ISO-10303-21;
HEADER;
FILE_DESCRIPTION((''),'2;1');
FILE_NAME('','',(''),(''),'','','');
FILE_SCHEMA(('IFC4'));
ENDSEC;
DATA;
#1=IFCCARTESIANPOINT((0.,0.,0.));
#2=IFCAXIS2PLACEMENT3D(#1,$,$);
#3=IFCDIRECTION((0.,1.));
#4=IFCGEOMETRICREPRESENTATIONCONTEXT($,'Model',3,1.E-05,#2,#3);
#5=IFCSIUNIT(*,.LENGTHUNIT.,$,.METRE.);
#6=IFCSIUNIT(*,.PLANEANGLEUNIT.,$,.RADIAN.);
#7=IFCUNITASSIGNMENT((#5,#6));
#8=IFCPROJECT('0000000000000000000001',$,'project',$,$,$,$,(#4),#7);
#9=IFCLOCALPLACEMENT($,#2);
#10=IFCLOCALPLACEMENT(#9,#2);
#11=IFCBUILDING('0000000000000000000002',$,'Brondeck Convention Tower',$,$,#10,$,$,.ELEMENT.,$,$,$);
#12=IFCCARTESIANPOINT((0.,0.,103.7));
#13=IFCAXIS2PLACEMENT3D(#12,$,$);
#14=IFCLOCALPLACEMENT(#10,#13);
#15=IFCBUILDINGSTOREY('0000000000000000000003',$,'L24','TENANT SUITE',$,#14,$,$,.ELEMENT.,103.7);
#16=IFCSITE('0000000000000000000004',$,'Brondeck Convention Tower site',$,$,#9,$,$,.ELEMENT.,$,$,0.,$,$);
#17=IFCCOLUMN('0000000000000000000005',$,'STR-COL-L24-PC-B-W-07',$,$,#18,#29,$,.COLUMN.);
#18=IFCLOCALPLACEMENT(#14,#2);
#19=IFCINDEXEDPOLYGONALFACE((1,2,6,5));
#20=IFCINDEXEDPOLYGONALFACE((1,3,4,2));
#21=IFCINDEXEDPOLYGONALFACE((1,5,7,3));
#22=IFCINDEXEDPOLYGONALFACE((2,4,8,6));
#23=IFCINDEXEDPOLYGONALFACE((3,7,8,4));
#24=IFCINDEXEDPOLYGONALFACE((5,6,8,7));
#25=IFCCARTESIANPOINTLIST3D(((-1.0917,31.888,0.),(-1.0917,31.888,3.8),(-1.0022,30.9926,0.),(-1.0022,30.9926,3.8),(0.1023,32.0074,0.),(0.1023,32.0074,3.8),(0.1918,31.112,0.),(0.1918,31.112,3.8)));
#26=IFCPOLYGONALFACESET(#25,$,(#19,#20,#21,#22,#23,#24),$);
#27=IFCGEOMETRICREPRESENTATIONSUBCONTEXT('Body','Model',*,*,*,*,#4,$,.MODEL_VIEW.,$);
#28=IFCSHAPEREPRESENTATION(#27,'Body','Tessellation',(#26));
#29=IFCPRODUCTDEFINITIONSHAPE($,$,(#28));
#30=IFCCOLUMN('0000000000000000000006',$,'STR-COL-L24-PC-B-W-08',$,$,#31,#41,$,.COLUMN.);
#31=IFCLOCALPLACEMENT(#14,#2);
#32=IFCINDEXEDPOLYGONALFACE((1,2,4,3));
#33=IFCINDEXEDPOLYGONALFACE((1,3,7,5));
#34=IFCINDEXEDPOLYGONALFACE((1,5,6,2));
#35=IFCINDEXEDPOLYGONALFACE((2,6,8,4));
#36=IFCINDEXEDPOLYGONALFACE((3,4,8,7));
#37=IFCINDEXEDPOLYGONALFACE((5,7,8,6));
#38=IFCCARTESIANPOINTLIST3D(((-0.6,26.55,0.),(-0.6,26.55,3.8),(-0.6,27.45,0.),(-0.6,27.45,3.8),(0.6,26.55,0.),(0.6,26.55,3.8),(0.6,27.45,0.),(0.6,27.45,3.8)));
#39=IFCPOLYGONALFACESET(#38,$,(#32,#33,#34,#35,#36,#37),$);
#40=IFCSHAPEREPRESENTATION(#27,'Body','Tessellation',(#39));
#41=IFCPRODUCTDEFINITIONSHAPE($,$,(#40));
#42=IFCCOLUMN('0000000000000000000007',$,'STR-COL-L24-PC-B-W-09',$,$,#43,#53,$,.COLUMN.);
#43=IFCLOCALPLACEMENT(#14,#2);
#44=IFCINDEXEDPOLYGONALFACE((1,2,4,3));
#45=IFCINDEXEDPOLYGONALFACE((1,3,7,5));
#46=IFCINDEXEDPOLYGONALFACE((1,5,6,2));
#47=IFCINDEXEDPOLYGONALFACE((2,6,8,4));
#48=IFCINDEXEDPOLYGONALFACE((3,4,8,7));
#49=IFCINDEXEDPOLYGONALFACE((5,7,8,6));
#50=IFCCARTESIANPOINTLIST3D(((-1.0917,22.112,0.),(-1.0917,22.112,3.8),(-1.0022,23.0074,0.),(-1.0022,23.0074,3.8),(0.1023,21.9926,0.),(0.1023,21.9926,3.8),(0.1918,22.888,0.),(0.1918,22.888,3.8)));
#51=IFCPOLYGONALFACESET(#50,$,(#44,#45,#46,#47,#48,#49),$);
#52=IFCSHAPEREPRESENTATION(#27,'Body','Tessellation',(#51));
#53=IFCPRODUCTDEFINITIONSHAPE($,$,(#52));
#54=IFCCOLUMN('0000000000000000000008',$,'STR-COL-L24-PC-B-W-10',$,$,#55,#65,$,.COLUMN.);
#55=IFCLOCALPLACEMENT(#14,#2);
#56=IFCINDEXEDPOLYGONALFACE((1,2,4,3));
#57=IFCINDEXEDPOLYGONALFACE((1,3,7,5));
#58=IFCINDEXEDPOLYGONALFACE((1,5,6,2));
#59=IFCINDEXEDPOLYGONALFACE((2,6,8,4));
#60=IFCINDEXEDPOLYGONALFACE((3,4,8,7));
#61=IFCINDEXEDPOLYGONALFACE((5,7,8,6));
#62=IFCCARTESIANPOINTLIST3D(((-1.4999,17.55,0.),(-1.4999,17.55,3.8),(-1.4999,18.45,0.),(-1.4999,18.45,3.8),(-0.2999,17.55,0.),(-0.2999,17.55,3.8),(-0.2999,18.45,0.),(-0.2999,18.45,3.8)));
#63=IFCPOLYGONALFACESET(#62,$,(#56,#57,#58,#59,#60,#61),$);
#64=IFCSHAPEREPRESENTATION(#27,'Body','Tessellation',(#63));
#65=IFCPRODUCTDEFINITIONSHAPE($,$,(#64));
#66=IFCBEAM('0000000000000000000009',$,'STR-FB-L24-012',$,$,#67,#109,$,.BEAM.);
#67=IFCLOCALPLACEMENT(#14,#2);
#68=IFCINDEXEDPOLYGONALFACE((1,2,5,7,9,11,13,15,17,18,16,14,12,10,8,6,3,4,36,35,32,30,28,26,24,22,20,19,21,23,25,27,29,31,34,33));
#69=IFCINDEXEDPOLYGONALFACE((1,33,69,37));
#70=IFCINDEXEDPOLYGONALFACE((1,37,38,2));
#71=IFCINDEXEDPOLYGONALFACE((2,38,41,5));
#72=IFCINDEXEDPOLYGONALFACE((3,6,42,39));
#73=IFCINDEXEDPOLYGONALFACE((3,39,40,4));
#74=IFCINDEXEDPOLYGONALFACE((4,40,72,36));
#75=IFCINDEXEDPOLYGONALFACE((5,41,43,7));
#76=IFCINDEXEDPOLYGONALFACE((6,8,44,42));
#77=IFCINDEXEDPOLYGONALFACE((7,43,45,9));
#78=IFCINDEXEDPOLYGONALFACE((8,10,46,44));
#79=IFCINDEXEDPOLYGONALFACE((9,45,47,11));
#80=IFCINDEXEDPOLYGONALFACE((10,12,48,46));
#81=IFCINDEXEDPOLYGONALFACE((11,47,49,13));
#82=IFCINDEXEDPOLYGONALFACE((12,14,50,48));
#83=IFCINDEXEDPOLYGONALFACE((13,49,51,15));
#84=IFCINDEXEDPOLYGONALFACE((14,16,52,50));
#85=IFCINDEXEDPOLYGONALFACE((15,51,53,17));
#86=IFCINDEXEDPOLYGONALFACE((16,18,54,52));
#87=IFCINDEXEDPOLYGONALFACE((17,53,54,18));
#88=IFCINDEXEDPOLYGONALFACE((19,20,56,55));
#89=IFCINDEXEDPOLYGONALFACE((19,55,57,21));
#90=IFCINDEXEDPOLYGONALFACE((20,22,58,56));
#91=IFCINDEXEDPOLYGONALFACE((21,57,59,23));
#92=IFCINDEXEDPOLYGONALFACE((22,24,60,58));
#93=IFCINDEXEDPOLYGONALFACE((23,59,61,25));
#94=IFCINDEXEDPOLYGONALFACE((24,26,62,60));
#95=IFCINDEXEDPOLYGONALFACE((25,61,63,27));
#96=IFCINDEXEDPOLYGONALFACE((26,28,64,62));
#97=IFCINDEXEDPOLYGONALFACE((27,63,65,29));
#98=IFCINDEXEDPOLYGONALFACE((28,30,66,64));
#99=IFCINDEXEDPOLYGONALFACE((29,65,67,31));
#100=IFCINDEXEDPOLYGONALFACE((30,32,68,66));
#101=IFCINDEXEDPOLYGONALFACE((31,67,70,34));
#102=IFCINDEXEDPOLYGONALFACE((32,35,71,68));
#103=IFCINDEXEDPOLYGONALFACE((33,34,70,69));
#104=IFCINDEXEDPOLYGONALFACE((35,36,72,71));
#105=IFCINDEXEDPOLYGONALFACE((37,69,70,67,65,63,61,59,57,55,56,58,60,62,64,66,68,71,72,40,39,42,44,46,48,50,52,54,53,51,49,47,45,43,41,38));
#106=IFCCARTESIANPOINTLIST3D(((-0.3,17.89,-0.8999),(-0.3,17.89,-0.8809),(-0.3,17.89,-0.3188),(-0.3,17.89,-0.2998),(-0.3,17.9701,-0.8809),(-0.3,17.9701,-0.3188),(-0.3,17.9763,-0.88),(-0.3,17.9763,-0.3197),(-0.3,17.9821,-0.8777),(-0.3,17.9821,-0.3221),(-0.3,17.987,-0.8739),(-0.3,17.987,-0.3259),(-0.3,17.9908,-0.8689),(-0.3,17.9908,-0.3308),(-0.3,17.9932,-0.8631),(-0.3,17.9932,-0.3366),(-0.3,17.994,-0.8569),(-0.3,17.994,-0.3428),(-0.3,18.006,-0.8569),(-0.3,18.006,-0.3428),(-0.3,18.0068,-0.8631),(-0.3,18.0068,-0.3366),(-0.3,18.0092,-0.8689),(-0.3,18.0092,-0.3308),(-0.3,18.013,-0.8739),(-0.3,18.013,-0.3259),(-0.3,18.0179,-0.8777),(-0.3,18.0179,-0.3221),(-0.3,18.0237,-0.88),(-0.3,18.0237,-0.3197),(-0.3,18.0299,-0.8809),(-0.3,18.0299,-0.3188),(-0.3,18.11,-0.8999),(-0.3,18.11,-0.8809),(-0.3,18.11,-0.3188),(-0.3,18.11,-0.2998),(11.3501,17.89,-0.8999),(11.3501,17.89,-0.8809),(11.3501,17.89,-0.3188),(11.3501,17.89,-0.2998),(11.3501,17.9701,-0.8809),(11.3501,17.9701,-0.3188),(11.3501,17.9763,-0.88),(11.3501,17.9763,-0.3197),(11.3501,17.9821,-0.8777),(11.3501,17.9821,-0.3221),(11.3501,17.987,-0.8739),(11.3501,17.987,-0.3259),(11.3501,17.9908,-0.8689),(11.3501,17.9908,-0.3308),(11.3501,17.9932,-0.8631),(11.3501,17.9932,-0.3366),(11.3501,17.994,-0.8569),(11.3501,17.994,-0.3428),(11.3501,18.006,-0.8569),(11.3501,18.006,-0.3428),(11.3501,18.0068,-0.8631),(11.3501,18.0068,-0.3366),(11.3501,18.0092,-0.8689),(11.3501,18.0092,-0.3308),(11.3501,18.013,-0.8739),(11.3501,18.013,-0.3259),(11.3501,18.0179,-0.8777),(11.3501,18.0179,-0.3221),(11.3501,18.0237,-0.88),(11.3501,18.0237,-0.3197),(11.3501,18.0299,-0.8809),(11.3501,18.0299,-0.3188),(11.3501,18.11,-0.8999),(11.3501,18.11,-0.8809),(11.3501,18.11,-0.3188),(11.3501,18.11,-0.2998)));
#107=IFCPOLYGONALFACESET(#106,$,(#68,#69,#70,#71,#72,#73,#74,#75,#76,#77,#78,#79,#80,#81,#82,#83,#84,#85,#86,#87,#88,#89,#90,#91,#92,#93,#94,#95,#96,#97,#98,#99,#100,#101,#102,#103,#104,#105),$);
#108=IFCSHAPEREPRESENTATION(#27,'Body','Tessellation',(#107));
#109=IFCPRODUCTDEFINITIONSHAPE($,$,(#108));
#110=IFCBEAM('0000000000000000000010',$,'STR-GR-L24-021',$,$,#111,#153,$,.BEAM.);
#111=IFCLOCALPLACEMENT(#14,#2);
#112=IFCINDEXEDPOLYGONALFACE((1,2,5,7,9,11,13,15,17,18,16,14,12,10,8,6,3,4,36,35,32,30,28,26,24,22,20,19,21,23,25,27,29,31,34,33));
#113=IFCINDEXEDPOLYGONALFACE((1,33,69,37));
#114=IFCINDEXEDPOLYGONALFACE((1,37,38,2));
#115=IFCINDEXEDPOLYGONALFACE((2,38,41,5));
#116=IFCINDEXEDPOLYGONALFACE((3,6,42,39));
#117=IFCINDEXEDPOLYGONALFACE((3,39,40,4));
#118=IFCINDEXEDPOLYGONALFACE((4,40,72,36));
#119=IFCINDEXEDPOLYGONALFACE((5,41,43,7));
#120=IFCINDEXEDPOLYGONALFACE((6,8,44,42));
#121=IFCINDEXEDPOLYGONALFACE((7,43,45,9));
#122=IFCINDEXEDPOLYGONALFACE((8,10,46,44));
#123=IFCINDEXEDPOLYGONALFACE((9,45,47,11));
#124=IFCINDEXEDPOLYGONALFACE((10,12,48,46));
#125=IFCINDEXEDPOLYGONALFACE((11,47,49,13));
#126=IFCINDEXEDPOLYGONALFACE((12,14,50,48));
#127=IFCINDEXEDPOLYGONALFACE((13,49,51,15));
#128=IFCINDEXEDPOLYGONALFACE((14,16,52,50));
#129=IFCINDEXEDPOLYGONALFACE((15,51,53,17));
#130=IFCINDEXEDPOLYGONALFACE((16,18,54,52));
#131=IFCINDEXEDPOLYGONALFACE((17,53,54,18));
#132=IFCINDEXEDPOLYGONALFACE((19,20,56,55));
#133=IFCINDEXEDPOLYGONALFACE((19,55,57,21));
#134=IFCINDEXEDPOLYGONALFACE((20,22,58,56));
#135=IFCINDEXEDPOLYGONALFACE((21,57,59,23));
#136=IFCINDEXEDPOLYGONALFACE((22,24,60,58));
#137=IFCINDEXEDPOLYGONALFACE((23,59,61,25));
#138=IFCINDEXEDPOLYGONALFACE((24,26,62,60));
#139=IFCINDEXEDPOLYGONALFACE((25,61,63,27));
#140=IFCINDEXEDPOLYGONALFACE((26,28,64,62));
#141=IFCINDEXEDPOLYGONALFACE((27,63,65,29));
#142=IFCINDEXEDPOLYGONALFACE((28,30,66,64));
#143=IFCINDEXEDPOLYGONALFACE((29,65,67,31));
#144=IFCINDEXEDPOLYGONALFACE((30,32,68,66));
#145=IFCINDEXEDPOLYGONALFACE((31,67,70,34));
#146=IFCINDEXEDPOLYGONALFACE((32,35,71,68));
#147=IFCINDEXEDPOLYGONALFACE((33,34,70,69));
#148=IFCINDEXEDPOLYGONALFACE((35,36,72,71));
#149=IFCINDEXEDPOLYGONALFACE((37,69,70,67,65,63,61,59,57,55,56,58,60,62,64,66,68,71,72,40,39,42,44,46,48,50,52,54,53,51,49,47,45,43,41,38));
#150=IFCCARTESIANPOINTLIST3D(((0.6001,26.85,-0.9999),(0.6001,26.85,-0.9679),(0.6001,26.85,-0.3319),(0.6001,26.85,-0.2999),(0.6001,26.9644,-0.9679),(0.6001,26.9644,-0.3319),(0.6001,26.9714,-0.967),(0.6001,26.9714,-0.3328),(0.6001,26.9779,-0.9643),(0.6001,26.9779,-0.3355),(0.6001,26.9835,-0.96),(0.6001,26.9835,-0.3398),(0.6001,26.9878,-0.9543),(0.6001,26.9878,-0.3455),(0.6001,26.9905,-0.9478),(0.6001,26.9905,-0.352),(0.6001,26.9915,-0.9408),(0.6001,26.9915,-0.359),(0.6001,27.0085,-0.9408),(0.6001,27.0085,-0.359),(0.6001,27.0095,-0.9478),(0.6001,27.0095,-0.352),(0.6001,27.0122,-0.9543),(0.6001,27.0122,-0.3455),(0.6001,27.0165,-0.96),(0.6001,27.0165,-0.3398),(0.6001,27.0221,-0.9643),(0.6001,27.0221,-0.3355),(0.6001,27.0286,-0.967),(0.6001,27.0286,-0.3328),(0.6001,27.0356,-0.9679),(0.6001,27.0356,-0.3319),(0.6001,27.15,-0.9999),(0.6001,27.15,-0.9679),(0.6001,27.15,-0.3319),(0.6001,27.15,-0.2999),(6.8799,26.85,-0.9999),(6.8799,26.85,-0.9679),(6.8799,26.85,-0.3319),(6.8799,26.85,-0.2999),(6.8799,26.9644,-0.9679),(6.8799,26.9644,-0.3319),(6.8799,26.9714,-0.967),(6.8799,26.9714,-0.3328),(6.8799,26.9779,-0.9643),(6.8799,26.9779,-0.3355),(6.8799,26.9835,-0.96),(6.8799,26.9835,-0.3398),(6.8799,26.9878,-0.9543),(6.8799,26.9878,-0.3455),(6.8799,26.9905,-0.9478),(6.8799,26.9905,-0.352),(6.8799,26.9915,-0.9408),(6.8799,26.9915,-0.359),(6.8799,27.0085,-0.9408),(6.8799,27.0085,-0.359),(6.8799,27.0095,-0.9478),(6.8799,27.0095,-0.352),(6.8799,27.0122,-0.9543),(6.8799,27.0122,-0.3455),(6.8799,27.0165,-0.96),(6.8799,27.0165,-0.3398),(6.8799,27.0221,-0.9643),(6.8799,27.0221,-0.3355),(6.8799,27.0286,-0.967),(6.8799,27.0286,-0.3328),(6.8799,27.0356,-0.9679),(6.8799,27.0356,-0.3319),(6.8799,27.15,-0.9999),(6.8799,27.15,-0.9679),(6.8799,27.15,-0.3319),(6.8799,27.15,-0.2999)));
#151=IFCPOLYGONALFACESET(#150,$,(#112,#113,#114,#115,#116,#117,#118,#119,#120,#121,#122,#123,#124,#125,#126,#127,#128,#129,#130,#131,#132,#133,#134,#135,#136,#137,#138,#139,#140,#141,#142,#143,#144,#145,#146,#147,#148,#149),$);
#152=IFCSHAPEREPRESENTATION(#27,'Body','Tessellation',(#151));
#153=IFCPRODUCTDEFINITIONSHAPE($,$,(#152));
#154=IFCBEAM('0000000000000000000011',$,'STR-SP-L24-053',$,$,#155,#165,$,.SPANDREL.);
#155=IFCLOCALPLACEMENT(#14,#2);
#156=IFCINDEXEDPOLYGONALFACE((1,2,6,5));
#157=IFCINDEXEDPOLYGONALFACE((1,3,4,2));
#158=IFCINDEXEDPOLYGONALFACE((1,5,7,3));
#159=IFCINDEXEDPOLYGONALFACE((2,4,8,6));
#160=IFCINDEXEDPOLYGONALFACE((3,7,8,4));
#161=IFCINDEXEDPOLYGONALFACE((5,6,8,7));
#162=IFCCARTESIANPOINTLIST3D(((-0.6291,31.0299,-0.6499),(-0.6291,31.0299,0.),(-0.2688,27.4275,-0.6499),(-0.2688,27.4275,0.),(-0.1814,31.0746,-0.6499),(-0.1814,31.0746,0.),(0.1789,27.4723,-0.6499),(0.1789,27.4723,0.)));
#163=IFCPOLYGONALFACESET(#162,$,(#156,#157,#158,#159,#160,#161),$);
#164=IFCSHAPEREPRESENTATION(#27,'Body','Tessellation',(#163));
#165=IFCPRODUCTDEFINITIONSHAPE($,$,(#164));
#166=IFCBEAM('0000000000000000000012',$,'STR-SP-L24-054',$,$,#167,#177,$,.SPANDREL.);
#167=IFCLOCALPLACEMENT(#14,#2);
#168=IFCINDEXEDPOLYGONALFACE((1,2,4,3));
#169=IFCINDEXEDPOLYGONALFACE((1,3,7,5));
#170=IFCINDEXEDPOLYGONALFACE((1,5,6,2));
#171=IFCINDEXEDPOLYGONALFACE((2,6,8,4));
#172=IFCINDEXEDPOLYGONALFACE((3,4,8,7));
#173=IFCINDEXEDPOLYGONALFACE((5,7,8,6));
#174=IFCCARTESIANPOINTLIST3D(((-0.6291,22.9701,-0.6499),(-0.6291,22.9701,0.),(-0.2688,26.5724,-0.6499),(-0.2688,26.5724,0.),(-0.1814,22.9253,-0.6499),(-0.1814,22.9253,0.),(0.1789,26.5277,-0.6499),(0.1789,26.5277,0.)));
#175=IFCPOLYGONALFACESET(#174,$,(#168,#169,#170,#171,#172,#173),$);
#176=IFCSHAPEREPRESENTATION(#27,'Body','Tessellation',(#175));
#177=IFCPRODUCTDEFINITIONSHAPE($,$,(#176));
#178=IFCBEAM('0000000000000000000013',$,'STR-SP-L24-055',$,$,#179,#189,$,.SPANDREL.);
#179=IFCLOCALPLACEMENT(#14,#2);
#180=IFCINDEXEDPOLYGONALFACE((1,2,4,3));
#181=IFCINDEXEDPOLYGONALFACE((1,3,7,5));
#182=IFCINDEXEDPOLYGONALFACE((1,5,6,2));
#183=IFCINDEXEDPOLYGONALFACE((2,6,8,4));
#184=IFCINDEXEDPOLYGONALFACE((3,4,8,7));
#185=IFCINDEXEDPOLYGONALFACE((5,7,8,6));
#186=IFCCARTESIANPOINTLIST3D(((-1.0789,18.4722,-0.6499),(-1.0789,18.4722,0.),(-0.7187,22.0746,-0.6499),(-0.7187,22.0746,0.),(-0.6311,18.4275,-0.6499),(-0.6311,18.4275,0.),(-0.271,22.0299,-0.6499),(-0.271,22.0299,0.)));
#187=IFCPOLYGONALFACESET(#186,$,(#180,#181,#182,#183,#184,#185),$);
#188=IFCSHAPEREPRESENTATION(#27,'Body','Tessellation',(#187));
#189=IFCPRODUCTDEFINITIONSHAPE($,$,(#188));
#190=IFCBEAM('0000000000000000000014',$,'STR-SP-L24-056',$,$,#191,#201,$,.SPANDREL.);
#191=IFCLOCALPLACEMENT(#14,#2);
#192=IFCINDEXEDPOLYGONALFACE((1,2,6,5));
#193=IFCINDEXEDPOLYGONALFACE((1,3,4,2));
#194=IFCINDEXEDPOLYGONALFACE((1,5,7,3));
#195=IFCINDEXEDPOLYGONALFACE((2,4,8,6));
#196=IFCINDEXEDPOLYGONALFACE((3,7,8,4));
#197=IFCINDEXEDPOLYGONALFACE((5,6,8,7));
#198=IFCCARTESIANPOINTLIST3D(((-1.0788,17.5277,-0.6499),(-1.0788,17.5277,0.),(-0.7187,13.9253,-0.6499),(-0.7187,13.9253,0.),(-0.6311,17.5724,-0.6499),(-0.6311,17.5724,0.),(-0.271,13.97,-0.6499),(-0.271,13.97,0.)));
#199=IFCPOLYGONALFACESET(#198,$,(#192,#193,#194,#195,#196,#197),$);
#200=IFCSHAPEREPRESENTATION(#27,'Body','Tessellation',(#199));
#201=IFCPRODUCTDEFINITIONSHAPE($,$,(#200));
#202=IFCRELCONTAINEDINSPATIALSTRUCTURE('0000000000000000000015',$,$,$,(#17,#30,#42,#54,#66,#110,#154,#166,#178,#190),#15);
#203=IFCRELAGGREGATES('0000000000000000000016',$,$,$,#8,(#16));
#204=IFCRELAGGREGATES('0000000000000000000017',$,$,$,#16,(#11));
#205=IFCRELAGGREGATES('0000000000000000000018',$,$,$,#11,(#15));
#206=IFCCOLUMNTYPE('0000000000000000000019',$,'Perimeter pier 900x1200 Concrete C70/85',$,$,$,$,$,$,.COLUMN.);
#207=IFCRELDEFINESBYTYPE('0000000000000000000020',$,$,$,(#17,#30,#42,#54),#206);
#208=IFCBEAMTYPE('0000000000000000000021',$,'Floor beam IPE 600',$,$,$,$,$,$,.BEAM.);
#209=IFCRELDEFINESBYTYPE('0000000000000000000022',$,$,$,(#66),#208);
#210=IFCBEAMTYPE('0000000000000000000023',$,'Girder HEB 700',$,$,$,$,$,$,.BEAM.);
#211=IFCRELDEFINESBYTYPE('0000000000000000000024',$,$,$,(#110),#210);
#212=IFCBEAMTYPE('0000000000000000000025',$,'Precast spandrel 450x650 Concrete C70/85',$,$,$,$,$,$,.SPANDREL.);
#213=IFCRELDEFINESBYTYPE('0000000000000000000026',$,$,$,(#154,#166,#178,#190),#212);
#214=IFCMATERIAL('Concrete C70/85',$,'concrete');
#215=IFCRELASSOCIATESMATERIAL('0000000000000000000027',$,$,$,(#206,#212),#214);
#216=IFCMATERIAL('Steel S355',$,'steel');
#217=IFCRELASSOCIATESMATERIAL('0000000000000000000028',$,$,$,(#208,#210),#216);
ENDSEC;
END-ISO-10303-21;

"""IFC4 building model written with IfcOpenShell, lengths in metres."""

from ifc_helpers import new_model, si_unit, direction, frame, origin, origin_2d, place, context, subcontext, project, spatial, rectangle, i_section, extrude, material, material_profile, profile_set, type_object, element, save


model = new_model("IFC4")

# Units and contexts
model_context = context("Model", 3, precision=1e-05, world=origin(), true_north=direction((0.0, 1.0)))
body_context = subcontext(model_context, "Body", "Model", "MODEL_VIEW")
ifc_project = project(units=[si_unit("LENGTHUNIT", "METRE"), si_unit("PLANEANGLEUNIT", "RADIAN")], contexts=[model_context])

# Site, building, storey
site_placement = place(None, origin())
site = spatial("IfcSite", under=ifc_project, at=site_placement, Name="Brondeck Convention Tower site", CompositionType="ELEMENT", RefElevation=0.0)
building_placement = place(site_placement, origin())
building = spatial("IfcBuilding", under=site, at=building_placement, Name="Brondeck Convention Tower", CompositionType="ELEMENT")
storey_placement = place(building_placement, frame((0.0, 0.0, 103.7)))
storey = spatial("IfcBuildingStorey", under=building, at=storey_placement, Name="L24", Description="TENANT SUITE", CompositionType="ELEMENT", Elevation=103.7)

# Columns
ifc_material_1 = material(Name="Concrete C70/85", Category="concrete")
ifc_material_profile_1 = material_profile(ifc_material_1, rectangle(XDim=0.8999, YDim=1.2, at=origin_2d()), Name="Perimeter pier 900x1200 Concrete C70/85")
ifc_profile_set_1 = profile_set([ifc_material_profile_1], Name="Concrete C70/85")
column_type = type_object("IfcColumnType", Name="Perimeter pier 900x1200 Concrete C70/85", PredefinedType="COLUMN", material=ifc_profile_set_1)
for number, where, z_axis, x_axis, name in (
    (1, (-0.45, 31.5, 0.0), (0.0, 0.0, 1.0), (0.099504, -0.995037, 0.0), "STR-COL-L24-PC-B-W-07"),
    (2, (0.0, 27.0, 0.0), (0.0, 0.0, 1.0), (0.0, -1.0, 0.0), "STR-COL-L24-PC-B-W-08"),
    (3, (-0.45, 22.5, 0.0), (0.0, 0.0, 1.0), (-0.099504, -0.995037, 0.0), "STR-COL-L24-PC-B-W-09"),
    (4, (-0.8999, 18.0, 0.0), (0.0, 0.0, 1.0), (0.0, -1.0, 0.0), "STR-COL-L24-PC-B-W-10"),
):
    element("IfcColumn", number, at=place(storey_placement, frame(where, z_axis=z_axis, x_axis=x_axis)), inside=storey, type_object=column_type, Name=name, PredefinedType="COLUMN", context=body_context, shape_type="SweptSolid", body=[
        extrude(rectangle(XDim=0.8999, YDim=1.2, at=origin_2d()), origin(), (0.0, 0.0, 1.0), 3.8),
    ])

# Beams
ifc_material_2 = material(Name="Steel S355", Category="steel")
ifc_material_profile_2 = material_profile(ifc_material_2, i_section(OverallWidth=0.22, OverallDepth=0.6001, WebThickness=0.012, FlangeThickness=0.019, FilletRadius=0.0239, at=origin_2d()), Name="IPE 600")
ifc_profile_set_2 = profile_set([ifc_material_profile_2], Name="Steel S355")
beam_type_1 = type_object("IfcBeamType", Name="Floor beam IPE 600", PredefinedType="BEAM", material=ifc_profile_set_2)
beam_1_placement = place(storey_placement, frame((-0.3, 18.0, -0.5999), z_axis=(1.0, 0.0, 0.0), x_axis=(0.0, 1.0, 0.0)))
element("IfcBeam", 5, at=beam_1_placement, inside=storey, type_object=beam_type_1, Name="STR-FB-L24-012", PredefinedType="BEAM", context=body_context, shape_type="SweptSolid", body=[
    extrude(i_section(OverallWidth=0.22, OverallDepth=0.6001, WebThickness=0.012, FlangeThickness=0.019, FilletRadius=0.0239, at=origin_2d()), origin(), (0.0, 0.0, 1.0), 11.6501),
])
ifc_material_profile_3 = material_profile(ifc_material_2, i_section(OverallWidth=0.3, OverallDepth=0.7, WebThickness=0.0171, FlangeThickness=0.032, FilletRadius=0.0271, at=origin_2d()), Name="HEB 700")
ifc_profile_set_3 = profile_set([ifc_material_profile_3], Name="Steel S355")
beam_type_2 = type_object("IfcBeamType", Name="Girder HEB 700", PredefinedType="BEAM", material=ifc_profile_set_3)
beam_2_placement = place(storey_placement, frame((0.6001, 27.0, -0.6499), z_axis=(1.0, 0.0, 0.0), x_axis=(0.0, 1.0, 0.0)))
element("IfcBeam", 6, at=beam_2_placement, inside=storey, type_object=beam_type_2, Name="STR-GR-L24-021", PredefinedType="BEAM", context=body_context, shape_type="SweptSolid", body=[
    extrude(i_section(OverallWidth=0.3, OverallDepth=0.7, WebThickness=0.0171, FlangeThickness=0.032, FilletRadius=0.0271, at=origin_2d()), origin(), (0.0, 0.0, 1.0), 6.2798),
])
ifc_material_profile_4 = material_profile(ifc_material_1, rectangle(XDim=0.45, YDim=0.6499, at=origin_2d()), Name="Precast spandrel 450x650 Concrete C70/85")
ifc_profile_set_4 = profile_set([ifc_material_profile_4], Name="Concrete C70/85")
beam_type_3 = type_object("IfcBeamType", Name="Precast spandrel 450x650 Concrete C70/85", PredefinedType="SPANDREL", material=ifc_profile_set_4)
for number, where, z_axis, x_axis, name in (
    (7, (-0.4053, 31.0522, -0.325), (0.099537, -0.995034, 0.0), (0.995034, 0.099537, 0.0), "STR-SP-L24-053"),
    (8, (-0.0449, 26.55, -0.325), (-0.099537, -0.995034, 0.0), (0.995034, -0.099537, 0.0), "STR-SP-L24-054"),
    (9, (-0.4949, 22.0522, -0.325), (-0.09947, -0.995041, 0.0), (0.995041, -0.09947, 0.0), "STR-SP-L24-055"),
    (10, (-0.855, 17.55, -0.325), (0.09947, -0.995041, 0.0), (0.995041, 0.09947, 0.0), "STR-SP-L24-056"),
):
    element("IfcBeam", number, at=place(storey_placement, frame(where, z_axis=z_axis, x_axis=x_axis)), inside=storey, type_object=beam_type_3, Name=name, PredefinedType="SPANDREL", context=body_context, shape_type="SweptSolid", body=[
        extrude(rectangle(XDim=0.45, YDim=0.6499, at=origin_2d()), origin(), (0.0, 0.0, 1.0), 3.6204),
    ])

save(model, "model.ifc")
